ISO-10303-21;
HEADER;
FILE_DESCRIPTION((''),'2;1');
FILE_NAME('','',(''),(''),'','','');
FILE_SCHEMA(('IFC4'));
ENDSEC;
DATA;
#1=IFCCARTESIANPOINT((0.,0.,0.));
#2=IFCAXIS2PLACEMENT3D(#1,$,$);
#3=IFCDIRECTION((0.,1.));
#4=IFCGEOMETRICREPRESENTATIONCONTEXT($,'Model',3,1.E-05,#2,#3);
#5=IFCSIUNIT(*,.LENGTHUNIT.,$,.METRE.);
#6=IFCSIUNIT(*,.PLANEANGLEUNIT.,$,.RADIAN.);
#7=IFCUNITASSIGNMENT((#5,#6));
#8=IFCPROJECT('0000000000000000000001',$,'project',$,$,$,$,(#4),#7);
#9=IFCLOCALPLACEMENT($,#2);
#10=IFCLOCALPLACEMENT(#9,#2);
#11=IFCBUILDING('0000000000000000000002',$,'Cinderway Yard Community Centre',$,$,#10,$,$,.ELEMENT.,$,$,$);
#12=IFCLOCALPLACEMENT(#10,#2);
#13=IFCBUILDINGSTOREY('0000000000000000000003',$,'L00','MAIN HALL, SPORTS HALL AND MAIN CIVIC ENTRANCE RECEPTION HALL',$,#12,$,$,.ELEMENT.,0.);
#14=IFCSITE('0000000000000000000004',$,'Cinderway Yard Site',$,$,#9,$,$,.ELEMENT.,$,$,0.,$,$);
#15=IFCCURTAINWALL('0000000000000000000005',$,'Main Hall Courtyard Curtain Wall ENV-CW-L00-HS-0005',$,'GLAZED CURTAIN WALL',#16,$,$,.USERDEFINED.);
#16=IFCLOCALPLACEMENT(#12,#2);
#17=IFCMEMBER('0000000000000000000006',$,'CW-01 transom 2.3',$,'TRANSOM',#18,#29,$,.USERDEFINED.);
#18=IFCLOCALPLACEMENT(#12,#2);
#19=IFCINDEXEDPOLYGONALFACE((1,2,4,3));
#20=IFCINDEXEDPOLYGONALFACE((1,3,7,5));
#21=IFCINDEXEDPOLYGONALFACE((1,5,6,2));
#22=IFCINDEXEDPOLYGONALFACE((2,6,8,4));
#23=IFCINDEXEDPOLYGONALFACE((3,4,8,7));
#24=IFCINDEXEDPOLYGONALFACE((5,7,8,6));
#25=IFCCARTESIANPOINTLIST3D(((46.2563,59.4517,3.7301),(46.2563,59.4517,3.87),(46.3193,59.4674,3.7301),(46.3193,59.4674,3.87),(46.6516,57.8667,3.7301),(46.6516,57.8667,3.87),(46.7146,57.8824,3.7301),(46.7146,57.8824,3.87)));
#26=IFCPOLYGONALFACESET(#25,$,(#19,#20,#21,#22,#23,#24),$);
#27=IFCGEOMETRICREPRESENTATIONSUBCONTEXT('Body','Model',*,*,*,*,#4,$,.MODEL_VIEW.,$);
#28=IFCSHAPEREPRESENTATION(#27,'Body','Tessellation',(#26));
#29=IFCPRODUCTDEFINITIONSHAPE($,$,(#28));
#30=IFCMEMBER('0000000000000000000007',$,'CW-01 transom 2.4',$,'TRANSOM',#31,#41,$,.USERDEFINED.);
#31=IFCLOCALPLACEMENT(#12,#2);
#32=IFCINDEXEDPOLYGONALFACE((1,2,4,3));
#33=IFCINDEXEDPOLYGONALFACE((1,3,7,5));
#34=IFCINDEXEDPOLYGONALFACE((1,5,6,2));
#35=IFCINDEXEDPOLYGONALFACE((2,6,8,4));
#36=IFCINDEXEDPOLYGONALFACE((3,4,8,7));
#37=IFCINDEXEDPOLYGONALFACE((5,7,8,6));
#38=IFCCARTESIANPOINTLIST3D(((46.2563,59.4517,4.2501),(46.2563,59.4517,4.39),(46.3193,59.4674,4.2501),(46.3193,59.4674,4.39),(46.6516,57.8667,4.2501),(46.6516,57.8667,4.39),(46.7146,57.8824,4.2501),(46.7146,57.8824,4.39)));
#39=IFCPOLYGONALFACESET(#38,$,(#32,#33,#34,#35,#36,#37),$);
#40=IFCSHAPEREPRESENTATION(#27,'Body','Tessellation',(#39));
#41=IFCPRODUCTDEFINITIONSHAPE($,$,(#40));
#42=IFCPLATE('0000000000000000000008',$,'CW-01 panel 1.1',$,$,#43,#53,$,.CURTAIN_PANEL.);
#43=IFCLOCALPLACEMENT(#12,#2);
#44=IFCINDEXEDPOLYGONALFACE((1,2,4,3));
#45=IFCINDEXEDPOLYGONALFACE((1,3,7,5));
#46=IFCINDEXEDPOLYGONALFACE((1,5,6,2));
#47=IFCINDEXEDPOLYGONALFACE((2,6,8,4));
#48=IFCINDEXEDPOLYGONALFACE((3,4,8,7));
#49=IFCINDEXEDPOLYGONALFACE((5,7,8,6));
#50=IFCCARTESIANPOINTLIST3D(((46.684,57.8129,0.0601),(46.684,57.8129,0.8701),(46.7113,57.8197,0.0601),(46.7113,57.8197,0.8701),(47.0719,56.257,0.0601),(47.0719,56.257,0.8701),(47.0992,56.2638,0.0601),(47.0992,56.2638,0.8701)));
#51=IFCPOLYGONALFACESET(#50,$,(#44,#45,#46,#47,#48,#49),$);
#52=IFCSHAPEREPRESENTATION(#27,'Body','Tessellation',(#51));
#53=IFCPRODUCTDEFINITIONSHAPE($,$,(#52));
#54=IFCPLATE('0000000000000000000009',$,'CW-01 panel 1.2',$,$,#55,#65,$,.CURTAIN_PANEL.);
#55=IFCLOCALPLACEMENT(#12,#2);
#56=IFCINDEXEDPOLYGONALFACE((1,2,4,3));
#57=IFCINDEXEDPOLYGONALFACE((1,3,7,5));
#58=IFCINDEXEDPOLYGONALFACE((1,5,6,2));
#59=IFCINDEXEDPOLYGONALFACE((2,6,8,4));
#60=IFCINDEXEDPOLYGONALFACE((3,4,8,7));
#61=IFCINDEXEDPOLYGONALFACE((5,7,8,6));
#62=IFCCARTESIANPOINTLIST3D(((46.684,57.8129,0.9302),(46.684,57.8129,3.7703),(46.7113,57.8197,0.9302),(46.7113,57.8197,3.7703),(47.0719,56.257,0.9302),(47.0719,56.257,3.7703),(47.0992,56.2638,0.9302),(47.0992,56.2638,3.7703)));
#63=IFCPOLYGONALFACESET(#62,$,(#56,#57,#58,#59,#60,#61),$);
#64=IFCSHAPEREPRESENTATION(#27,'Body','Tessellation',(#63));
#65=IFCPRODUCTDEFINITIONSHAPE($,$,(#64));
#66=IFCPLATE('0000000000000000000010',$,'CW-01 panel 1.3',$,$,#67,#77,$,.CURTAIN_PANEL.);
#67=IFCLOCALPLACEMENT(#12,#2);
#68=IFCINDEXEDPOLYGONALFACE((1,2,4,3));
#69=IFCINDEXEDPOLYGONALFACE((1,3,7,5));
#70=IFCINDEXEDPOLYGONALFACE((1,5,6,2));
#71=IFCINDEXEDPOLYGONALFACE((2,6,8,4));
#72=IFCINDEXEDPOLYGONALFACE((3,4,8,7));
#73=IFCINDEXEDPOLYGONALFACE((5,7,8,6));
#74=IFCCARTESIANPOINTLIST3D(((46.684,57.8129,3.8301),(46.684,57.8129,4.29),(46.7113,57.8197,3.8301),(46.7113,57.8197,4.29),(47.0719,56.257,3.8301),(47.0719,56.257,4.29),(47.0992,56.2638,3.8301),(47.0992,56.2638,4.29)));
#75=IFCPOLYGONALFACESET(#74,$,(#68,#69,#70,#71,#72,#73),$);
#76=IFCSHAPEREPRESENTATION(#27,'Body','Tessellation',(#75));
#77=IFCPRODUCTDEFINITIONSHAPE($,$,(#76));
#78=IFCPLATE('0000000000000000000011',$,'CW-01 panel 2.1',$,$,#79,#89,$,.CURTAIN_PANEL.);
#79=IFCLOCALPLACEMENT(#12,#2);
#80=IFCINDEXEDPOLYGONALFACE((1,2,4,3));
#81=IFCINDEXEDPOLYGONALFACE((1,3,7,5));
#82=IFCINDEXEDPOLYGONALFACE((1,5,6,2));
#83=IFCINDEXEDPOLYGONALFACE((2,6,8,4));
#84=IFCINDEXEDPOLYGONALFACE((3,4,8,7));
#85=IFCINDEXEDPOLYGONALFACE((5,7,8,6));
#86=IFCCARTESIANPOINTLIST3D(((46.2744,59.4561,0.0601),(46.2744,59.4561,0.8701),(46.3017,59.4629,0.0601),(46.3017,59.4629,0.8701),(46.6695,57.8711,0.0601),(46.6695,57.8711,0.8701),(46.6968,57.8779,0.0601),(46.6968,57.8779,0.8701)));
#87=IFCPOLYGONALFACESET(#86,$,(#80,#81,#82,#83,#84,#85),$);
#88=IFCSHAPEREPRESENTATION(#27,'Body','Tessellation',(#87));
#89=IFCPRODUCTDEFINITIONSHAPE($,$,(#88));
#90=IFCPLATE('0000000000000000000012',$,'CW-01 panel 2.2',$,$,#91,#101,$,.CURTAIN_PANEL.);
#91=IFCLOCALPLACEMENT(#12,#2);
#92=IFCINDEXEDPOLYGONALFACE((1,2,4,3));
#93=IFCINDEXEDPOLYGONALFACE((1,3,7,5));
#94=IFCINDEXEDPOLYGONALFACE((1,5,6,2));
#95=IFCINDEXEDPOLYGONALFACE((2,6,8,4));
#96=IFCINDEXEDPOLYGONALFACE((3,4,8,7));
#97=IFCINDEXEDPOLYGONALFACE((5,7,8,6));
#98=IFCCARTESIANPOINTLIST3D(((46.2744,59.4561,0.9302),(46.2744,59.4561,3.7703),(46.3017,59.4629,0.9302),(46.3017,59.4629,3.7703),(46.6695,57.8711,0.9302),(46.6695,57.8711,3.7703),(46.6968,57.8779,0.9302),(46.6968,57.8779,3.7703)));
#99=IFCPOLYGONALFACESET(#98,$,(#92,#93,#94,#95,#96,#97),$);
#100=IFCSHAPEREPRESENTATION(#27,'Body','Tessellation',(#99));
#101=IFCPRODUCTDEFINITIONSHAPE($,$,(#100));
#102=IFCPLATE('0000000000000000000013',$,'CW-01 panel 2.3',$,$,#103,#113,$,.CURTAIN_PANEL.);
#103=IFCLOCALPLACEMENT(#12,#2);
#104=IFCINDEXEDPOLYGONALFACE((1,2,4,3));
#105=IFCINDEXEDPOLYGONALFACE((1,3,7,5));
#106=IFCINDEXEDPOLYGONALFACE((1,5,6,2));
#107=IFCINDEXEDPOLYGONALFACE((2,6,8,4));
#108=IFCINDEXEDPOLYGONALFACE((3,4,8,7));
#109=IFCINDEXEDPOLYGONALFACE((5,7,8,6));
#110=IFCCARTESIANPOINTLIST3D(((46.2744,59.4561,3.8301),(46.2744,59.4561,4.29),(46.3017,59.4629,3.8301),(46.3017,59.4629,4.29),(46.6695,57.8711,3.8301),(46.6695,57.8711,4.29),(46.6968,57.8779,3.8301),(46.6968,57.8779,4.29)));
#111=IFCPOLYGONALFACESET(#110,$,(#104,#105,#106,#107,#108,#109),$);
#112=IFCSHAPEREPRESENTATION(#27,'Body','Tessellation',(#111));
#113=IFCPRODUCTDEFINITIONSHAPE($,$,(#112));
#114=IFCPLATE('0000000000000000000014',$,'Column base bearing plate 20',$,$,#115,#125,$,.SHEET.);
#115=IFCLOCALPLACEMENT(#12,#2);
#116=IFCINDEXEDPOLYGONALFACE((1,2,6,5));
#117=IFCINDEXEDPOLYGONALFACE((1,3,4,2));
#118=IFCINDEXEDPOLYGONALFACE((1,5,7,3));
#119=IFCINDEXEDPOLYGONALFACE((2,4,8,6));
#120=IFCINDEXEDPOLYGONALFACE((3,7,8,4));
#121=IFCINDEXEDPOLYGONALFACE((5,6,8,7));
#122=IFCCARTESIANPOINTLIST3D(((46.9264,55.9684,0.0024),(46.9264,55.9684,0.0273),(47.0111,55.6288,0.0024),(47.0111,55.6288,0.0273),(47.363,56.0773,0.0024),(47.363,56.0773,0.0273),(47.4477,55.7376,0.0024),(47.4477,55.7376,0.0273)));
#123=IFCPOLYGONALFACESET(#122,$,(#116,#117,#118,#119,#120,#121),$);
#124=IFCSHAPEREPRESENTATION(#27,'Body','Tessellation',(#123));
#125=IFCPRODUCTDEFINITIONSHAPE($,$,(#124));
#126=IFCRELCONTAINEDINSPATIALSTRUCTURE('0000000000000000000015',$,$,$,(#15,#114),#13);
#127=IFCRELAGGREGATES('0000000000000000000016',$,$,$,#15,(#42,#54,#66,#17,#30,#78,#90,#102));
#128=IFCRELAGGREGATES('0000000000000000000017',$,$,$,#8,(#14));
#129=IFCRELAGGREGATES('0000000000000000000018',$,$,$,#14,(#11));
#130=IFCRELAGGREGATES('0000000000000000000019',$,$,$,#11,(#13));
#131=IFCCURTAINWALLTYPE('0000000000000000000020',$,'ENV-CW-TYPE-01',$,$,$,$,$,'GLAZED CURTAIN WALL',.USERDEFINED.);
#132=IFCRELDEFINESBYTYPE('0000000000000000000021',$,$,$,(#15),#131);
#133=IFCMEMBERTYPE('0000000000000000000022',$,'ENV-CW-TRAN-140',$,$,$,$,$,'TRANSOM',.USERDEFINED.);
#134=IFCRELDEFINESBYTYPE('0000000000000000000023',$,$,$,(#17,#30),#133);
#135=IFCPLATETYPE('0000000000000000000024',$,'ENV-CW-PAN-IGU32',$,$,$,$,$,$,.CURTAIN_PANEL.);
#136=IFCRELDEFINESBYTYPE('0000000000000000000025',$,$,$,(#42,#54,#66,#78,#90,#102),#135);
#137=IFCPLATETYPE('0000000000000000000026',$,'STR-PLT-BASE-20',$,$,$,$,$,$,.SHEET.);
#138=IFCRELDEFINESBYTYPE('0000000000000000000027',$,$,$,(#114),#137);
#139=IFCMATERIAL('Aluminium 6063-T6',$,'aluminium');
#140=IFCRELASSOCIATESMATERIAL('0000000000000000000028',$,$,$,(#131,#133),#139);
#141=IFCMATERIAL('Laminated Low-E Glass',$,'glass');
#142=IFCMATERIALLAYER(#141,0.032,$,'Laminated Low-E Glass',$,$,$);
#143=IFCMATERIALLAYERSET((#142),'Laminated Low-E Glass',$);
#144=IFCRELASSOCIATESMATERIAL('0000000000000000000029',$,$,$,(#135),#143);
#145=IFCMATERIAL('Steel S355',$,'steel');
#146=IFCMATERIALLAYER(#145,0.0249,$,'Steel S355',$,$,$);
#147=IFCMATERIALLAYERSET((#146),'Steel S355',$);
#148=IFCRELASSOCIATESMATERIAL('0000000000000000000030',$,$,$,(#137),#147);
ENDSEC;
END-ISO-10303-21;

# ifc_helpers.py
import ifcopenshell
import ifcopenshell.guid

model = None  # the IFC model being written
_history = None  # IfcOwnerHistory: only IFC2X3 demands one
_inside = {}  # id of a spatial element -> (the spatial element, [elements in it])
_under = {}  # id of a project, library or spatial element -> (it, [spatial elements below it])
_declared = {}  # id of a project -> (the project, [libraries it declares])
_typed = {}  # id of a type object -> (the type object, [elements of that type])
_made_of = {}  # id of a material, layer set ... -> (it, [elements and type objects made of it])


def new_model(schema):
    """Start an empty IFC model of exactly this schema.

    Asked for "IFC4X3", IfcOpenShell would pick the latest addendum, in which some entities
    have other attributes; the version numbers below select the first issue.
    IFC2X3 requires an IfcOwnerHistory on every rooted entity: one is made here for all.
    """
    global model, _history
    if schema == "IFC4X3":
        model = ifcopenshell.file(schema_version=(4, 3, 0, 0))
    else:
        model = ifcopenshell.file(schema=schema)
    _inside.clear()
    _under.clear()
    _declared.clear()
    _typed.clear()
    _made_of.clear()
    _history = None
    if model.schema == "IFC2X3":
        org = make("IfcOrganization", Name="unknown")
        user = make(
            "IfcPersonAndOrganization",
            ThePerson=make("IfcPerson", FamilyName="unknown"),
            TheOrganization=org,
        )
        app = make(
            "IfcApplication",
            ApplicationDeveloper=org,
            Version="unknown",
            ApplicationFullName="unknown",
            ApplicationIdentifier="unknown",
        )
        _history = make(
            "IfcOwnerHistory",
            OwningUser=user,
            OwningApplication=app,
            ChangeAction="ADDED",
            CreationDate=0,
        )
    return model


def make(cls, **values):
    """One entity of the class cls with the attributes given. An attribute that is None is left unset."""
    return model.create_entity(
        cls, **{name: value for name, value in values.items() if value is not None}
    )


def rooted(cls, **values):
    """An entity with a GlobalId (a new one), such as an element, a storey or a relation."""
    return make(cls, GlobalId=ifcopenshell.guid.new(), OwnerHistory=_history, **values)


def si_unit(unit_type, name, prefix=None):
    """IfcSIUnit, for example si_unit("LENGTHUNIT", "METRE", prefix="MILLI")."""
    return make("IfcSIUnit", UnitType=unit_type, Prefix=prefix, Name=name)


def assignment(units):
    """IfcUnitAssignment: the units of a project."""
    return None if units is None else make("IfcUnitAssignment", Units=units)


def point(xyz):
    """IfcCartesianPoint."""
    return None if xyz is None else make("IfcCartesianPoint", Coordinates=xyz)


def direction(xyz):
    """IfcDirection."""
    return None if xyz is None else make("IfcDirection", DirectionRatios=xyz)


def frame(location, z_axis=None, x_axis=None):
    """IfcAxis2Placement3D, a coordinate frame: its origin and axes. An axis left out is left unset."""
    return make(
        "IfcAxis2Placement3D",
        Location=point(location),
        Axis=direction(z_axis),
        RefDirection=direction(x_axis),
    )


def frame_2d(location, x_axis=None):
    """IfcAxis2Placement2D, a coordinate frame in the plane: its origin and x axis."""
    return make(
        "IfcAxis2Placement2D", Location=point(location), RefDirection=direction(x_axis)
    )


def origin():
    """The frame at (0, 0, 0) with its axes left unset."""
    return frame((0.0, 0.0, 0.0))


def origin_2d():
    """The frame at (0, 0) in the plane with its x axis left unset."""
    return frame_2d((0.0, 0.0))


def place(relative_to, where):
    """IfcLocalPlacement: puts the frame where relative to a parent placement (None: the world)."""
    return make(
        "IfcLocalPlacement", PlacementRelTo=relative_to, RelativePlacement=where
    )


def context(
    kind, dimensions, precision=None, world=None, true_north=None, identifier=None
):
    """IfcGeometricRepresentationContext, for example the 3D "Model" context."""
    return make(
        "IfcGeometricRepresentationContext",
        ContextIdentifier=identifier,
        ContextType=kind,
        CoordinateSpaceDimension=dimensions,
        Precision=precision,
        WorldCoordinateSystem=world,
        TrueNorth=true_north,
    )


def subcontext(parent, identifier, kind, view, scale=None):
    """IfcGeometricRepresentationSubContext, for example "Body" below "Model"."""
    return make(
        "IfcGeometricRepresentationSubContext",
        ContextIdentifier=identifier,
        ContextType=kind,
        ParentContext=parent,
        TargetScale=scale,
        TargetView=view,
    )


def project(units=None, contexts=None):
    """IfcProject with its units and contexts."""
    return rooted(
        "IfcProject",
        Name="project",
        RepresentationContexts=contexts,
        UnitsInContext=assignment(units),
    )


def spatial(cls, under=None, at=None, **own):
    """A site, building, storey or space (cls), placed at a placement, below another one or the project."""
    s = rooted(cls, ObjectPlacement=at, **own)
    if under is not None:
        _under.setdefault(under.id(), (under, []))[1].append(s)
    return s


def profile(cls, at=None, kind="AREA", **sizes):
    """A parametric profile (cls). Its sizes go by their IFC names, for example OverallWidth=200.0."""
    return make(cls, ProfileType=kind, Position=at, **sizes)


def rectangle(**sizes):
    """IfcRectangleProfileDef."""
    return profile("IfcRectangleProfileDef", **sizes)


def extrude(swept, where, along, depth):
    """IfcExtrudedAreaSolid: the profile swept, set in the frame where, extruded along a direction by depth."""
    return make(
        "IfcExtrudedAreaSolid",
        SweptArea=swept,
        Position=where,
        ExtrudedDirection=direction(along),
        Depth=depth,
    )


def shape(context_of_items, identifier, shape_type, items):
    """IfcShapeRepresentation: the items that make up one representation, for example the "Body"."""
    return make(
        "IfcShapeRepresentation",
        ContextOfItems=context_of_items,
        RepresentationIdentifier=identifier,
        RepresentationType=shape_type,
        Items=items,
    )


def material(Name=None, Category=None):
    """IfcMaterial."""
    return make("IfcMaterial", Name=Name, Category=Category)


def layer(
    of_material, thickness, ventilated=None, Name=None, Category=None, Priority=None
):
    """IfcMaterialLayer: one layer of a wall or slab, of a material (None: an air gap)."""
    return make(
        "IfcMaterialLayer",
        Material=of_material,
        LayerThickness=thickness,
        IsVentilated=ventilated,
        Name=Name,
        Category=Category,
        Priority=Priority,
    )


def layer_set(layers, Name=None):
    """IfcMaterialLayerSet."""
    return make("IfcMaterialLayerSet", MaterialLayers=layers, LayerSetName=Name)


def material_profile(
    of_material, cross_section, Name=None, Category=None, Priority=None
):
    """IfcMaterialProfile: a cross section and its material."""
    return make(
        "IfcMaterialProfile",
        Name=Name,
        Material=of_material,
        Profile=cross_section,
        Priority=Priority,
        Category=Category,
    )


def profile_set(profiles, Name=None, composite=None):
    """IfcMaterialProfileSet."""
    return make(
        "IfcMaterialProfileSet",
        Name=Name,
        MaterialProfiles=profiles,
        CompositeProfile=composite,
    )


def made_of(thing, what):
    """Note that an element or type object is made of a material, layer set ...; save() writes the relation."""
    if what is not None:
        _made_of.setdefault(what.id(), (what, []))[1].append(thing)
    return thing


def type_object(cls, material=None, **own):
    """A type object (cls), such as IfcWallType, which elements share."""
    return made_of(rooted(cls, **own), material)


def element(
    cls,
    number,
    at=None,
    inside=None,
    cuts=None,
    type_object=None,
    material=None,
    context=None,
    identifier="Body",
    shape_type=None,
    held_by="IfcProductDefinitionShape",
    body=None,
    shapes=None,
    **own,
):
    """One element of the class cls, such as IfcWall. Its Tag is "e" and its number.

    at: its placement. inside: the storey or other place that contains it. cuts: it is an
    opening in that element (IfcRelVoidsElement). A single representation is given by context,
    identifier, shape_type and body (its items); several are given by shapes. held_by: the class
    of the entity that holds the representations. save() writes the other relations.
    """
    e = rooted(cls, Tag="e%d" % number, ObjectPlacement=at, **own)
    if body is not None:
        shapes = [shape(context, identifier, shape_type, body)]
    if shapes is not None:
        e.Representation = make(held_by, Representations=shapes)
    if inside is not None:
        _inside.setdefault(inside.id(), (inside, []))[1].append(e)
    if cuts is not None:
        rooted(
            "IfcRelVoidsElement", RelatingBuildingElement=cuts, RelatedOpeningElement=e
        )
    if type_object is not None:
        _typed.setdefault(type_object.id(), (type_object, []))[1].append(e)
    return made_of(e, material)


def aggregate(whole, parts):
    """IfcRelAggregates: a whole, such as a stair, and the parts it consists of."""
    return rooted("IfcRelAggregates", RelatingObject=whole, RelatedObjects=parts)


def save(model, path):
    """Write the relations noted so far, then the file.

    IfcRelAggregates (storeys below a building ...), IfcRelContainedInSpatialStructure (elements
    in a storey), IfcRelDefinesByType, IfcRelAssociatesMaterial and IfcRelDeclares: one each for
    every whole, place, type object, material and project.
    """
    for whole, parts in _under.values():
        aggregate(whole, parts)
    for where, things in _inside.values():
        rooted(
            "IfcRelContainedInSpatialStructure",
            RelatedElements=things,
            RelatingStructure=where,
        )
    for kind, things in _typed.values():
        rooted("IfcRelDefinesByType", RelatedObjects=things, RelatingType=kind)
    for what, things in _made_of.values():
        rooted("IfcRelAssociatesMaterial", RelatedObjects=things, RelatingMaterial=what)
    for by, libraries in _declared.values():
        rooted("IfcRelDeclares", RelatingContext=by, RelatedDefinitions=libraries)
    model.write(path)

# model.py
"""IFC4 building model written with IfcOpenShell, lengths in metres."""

from ifc_helpers import new_model, si_unit, direction, frame, origin, origin_2d, place, context, subcontext, project, spatial, rectangle, extrude, material, layer, layer_set, material_profile, profile_set, type_object, element, aggregate, save


model = new_model("IFC4")

# Units and contexts
model_context = context("Model", 3, precision=1e-05, world=origin(), true_north=direction((0.0, 1.0)))
body_context = subcontext(model_context, "Body", "Model", "MODEL_VIEW")
ifc_project = project(units=[si_unit("LENGTHUNIT", "METRE"), si_unit("PLANEANGLEUNIT", "RADIAN")], contexts=[model_context])

# Site, building, storey
site_placement = place(None, origin())
site = spatial("IfcSite", under=ifc_project, at=site_placement, Name="Cinderway Yard Site", CompositionType="ELEMENT", RefElevation=0.0)
building_placement = place(site_placement, origin())
building = spatial("IfcBuilding", under=site, at=building_placement, Name="Cinderway Yard Community Centre", CompositionType="ELEMENT")
storey_placement = place(building_placement, origin())
storey = spatial("IfcBuildingStorey", under=building, at=storey_placement, Name="L00", Description="MAIN HALL, SPORTS HALL AND MAIN CIVIC ENTRANCE RECEPTION HALL", CompositionType="ELEMENT", Elevation=0.0)

# Shared definitions
ifc_material_1 = material(Name="Aluminium 6063-T6", Category="aluminium")
curtain_wall_type = type_object("IfcCurtainWallType", Name="ENV-CW-TYPE-01", ElementType="GLAZED CURTAIN WALL", PredefinedType="USERDEFINED", material=ifc_material_1)

# Curtain wall, members, plates
curtain_wall_1_placement = place(storey_placement, origin())
curtain_wall_1 = element("IfcCurtainWall", 1, at=curtain_wall_1_placement, inside=storey, type_object=curtain_wall_type, Name="Main Hall Courtyard Curtain Wall ENV-CW-L00-HS-0005", ObjectType="GLAZED CURTAIN WALL", PredefinedType="USERDEFINED")
ifc_material_profile_1 = material_profile(ifc_material_1, rectangle(XDim=0.0649, YDim=0.1399, at=origin_2d()), Name="Aluminium 6063-T6")
ifc_profile_set_1 = profile_set([ifc_material_profile_1], Name="Aluminium 6063-T6")
member_type_1 = type_object("IfcMemberType", Name="ENV-CW-TRAN-140", ElementType="TRANSOM", PredefinedType="USERDEFINED", material=ifc_profile_set_1)
member_1_placement = place(storey_placement, frame((46.6831, 57.8745, 3.8), z_axis=(-0.241973, 0.970283, 0.0), x_axis=(-0.970283, -0.241973, 0.0)))
member_1 = element("IfcMember", 2, at=member_1_placement, type_object=member_type_1, Name="CW-01 transom 2.3", ObjectType="TRANSOM", PredefinedType="USERDEFINED", context=body_context, shape_type="SweptSolid", body=[
    extrude(rectangle(XDim=0.0649, YDim=0.1399, at=origin_2d()), origin(), (0.0, 0.0, 1.0), 1.6335),
])
member_2_placement = place(storey_placement, frame((46.6831, 57.8745, 4.3201), z_axis=(-0.241973, 0.970283, 0.0), x_axis=(-0.970283, -0.241973, 0.0)))
member_2 = element("IfcMember", 3, at=member_2_placement, type_object=member_type_1, Name="CW-01 transom 2.4", ObjectType="TRANSOM", PredefinedType="USERDEFINED", context=body_context, shape_type="SweptSolid", body=[
    extrude(rectangle(XDim=0.0649, YDim=0.1399, at=origin_2d()), origin(), (0.0, 0.0, 1.0), 1.6335),
])
ifc_material_2 = material(Name="Laminated Low-E Glass", Category="glass")
ifc_layer_1 = layer(ifc_material_2, 0.032, Name="Laminated Low-E Glass")
ifc_layer_set_1 = layer_set([ifc_layer_1], Name="Laminated Low-E Glass")
plate_type_1 = type_object("IfcPlateType", Name="ENV-CW-PAN-IGU32", PredefinedType="CURTAIN_PANEL", material=ifc_layer_set_1)
plate_1_placement = place(storey_placement, frame((46.8916, 57.0383, 0.0601), z_axis=(0.0, 0.0, 1.0), x_axis=(-0.241887, 0.970304, 0.0)))
plate_1 = element("IfcPlate", 4, at=plate_1_placement, type_object=plate_type_1, Name="CW-01 panel 1.1", PredefinedType="CURTAIN_PANEL", context=body_context, shape_type="SweptSolid", body=[
    extrude(rectangle(XDim=1.6035, YDim=0.0281, at=origin_2d()), origin(), (0.0, 0.0, 1.0), 0.8101),
])
plate_2_placement = place(storey_placement, frame((46.8916, 57.0383, 0.9302), z_axis=(0.0, 0.0, 1.0), x_axis=(-0.241887, 0.970304, 0.0)))
plate_2 = element("IfcPlate", 5, at=plate_2_placement, type_object=plate_type_1, Name="CW-01 panel 1.2", PredefinedType="CURTAIN_PANEL", context=body_context, shape_type="SweptSolid", body=[
    extrude(rectangle(XDim=1.6035, YDim=0.0281, at=origin_2d()), origin(), (0.0, 0.0, 1.0), 2.8401),
])
plate_3_placement = place(storey_placement, frame((46.8916, 57.0383, 3.8301), z_axis=(0.0, 0.0, 1.0), x_axis=(-0.241887, 0.970304, 0.0)))
plate_3 = element("IfcPlate", 6, at=plate_3_placement, type_object=plate_type_1, Name="CW-01 panel 1.3", PredefinedType="CURTAIN_PANEL", context=body_context, shape_type="SweptSolid", body=[
    extrude(rectangle(XDim=1.6035, YDim=0.0281, at=origin_2d()), origin(), (0.0, 0.0, 1.0), 0.46),
])
plate_4_placement = place(storey_placement, frame((46.4856, 58.667, 0.0601), z_axis=(0.0, 0.0, 1.0), x_axis=(-0.241887, 0.970304, 0.0)))
plate_4 = element("IfcPlate", 7, at=plate_4_placement, type_object=plate_type_1, Name="CW-01 panel 2.1", PredefinedType="CURTAIN_PANEL", context=body_context, shape_type="SweptSolid", body=[
    extrude(rectangle(XDim=1.6335, YDim=0.0281, at=origin_2d()), origin(), (0.0, 0.0, 1.0), 0.8101),
])
plate_5_placement = place(storey_placement, frame((46.4856, 58.667, 0.9302), z_axis=(0.0, 0.0, 1.0), x_axis=(-0.241887, 0.970304, 0.0)))
plate_5 = element("IfcPlate", 8, at=plate_5_placement, type_object=plate_type_1, Name="CW-01 panel 2.2", PredefinedType="CURTAIN_PANEL", context=body_context, shape_type="SweptSolid", body=[
    extrude(rectangle(XDim=1.6335, YDim=0.0281, at=origin_2d()), origin(), (0.0, 0.0, 1.0), 2.8401),
])
plate_6_placement = place(storey_placement, frame((46.4856, 58.667, 3.8301), z_axis=(0.0, 0.0, 1.0), x_axis=(-0.241887, 0.970304, 0.0)))
plate_6 = element("IfcPlate", 9, at=plate_6_placement, type_object=plate_type_1, Name="CW-01 panel 2.3", PredefinedType="CURTAIN_PANEL", context=body_context, shape_type="SweptSolid", body=[
    extrude(rectangle(XDim=1.6335, YDim=0.0281, at=origin_2d()), origin(), (0.0, 0.0, 1.0), 0.46),
])
aggregate(curtain_wall_1, [plate_1, plate_2, plate_3, member_1, member_2, plate_4, plate_5, plate_6])

# Plate
ifc_material_3 = material(Name="Steel S355", Category="steel")
ifc_layer_2 = layer(ifc_material_3, 0.0249, Name="Steel S355")
ifc_layer_set_2 = layer_set([ifc_layer_2], Name="Steel S355")
plate_type_2 = type_object("IfcPlateType", Name="STR-PLT-BASE-20", PredefinedType="SHEET", material=ifc_layer_set_2)
plate_7_placement = place(storey_placement, frame((47.187, 55.853, 0.0024), z_axis=(0.0, 0.0, 1.0), x_axis=(0.970296, 0.241922, 0.0)))
element("IfcPlate", 10, at=plate_7_placement, inside=storey, type_object=plate_type_2, Name="Column base bearing plate 20", PredefinedType="SHEET", context=body_context, shape_type="SweptSolid", body=[
    extrude(rectangle(XDim=0.45, YDim=0.3501, at=origin_2d()), origin(), (0.0, 0.0, 1.0), 0.0249),
])

save(model, "model.ifc")
